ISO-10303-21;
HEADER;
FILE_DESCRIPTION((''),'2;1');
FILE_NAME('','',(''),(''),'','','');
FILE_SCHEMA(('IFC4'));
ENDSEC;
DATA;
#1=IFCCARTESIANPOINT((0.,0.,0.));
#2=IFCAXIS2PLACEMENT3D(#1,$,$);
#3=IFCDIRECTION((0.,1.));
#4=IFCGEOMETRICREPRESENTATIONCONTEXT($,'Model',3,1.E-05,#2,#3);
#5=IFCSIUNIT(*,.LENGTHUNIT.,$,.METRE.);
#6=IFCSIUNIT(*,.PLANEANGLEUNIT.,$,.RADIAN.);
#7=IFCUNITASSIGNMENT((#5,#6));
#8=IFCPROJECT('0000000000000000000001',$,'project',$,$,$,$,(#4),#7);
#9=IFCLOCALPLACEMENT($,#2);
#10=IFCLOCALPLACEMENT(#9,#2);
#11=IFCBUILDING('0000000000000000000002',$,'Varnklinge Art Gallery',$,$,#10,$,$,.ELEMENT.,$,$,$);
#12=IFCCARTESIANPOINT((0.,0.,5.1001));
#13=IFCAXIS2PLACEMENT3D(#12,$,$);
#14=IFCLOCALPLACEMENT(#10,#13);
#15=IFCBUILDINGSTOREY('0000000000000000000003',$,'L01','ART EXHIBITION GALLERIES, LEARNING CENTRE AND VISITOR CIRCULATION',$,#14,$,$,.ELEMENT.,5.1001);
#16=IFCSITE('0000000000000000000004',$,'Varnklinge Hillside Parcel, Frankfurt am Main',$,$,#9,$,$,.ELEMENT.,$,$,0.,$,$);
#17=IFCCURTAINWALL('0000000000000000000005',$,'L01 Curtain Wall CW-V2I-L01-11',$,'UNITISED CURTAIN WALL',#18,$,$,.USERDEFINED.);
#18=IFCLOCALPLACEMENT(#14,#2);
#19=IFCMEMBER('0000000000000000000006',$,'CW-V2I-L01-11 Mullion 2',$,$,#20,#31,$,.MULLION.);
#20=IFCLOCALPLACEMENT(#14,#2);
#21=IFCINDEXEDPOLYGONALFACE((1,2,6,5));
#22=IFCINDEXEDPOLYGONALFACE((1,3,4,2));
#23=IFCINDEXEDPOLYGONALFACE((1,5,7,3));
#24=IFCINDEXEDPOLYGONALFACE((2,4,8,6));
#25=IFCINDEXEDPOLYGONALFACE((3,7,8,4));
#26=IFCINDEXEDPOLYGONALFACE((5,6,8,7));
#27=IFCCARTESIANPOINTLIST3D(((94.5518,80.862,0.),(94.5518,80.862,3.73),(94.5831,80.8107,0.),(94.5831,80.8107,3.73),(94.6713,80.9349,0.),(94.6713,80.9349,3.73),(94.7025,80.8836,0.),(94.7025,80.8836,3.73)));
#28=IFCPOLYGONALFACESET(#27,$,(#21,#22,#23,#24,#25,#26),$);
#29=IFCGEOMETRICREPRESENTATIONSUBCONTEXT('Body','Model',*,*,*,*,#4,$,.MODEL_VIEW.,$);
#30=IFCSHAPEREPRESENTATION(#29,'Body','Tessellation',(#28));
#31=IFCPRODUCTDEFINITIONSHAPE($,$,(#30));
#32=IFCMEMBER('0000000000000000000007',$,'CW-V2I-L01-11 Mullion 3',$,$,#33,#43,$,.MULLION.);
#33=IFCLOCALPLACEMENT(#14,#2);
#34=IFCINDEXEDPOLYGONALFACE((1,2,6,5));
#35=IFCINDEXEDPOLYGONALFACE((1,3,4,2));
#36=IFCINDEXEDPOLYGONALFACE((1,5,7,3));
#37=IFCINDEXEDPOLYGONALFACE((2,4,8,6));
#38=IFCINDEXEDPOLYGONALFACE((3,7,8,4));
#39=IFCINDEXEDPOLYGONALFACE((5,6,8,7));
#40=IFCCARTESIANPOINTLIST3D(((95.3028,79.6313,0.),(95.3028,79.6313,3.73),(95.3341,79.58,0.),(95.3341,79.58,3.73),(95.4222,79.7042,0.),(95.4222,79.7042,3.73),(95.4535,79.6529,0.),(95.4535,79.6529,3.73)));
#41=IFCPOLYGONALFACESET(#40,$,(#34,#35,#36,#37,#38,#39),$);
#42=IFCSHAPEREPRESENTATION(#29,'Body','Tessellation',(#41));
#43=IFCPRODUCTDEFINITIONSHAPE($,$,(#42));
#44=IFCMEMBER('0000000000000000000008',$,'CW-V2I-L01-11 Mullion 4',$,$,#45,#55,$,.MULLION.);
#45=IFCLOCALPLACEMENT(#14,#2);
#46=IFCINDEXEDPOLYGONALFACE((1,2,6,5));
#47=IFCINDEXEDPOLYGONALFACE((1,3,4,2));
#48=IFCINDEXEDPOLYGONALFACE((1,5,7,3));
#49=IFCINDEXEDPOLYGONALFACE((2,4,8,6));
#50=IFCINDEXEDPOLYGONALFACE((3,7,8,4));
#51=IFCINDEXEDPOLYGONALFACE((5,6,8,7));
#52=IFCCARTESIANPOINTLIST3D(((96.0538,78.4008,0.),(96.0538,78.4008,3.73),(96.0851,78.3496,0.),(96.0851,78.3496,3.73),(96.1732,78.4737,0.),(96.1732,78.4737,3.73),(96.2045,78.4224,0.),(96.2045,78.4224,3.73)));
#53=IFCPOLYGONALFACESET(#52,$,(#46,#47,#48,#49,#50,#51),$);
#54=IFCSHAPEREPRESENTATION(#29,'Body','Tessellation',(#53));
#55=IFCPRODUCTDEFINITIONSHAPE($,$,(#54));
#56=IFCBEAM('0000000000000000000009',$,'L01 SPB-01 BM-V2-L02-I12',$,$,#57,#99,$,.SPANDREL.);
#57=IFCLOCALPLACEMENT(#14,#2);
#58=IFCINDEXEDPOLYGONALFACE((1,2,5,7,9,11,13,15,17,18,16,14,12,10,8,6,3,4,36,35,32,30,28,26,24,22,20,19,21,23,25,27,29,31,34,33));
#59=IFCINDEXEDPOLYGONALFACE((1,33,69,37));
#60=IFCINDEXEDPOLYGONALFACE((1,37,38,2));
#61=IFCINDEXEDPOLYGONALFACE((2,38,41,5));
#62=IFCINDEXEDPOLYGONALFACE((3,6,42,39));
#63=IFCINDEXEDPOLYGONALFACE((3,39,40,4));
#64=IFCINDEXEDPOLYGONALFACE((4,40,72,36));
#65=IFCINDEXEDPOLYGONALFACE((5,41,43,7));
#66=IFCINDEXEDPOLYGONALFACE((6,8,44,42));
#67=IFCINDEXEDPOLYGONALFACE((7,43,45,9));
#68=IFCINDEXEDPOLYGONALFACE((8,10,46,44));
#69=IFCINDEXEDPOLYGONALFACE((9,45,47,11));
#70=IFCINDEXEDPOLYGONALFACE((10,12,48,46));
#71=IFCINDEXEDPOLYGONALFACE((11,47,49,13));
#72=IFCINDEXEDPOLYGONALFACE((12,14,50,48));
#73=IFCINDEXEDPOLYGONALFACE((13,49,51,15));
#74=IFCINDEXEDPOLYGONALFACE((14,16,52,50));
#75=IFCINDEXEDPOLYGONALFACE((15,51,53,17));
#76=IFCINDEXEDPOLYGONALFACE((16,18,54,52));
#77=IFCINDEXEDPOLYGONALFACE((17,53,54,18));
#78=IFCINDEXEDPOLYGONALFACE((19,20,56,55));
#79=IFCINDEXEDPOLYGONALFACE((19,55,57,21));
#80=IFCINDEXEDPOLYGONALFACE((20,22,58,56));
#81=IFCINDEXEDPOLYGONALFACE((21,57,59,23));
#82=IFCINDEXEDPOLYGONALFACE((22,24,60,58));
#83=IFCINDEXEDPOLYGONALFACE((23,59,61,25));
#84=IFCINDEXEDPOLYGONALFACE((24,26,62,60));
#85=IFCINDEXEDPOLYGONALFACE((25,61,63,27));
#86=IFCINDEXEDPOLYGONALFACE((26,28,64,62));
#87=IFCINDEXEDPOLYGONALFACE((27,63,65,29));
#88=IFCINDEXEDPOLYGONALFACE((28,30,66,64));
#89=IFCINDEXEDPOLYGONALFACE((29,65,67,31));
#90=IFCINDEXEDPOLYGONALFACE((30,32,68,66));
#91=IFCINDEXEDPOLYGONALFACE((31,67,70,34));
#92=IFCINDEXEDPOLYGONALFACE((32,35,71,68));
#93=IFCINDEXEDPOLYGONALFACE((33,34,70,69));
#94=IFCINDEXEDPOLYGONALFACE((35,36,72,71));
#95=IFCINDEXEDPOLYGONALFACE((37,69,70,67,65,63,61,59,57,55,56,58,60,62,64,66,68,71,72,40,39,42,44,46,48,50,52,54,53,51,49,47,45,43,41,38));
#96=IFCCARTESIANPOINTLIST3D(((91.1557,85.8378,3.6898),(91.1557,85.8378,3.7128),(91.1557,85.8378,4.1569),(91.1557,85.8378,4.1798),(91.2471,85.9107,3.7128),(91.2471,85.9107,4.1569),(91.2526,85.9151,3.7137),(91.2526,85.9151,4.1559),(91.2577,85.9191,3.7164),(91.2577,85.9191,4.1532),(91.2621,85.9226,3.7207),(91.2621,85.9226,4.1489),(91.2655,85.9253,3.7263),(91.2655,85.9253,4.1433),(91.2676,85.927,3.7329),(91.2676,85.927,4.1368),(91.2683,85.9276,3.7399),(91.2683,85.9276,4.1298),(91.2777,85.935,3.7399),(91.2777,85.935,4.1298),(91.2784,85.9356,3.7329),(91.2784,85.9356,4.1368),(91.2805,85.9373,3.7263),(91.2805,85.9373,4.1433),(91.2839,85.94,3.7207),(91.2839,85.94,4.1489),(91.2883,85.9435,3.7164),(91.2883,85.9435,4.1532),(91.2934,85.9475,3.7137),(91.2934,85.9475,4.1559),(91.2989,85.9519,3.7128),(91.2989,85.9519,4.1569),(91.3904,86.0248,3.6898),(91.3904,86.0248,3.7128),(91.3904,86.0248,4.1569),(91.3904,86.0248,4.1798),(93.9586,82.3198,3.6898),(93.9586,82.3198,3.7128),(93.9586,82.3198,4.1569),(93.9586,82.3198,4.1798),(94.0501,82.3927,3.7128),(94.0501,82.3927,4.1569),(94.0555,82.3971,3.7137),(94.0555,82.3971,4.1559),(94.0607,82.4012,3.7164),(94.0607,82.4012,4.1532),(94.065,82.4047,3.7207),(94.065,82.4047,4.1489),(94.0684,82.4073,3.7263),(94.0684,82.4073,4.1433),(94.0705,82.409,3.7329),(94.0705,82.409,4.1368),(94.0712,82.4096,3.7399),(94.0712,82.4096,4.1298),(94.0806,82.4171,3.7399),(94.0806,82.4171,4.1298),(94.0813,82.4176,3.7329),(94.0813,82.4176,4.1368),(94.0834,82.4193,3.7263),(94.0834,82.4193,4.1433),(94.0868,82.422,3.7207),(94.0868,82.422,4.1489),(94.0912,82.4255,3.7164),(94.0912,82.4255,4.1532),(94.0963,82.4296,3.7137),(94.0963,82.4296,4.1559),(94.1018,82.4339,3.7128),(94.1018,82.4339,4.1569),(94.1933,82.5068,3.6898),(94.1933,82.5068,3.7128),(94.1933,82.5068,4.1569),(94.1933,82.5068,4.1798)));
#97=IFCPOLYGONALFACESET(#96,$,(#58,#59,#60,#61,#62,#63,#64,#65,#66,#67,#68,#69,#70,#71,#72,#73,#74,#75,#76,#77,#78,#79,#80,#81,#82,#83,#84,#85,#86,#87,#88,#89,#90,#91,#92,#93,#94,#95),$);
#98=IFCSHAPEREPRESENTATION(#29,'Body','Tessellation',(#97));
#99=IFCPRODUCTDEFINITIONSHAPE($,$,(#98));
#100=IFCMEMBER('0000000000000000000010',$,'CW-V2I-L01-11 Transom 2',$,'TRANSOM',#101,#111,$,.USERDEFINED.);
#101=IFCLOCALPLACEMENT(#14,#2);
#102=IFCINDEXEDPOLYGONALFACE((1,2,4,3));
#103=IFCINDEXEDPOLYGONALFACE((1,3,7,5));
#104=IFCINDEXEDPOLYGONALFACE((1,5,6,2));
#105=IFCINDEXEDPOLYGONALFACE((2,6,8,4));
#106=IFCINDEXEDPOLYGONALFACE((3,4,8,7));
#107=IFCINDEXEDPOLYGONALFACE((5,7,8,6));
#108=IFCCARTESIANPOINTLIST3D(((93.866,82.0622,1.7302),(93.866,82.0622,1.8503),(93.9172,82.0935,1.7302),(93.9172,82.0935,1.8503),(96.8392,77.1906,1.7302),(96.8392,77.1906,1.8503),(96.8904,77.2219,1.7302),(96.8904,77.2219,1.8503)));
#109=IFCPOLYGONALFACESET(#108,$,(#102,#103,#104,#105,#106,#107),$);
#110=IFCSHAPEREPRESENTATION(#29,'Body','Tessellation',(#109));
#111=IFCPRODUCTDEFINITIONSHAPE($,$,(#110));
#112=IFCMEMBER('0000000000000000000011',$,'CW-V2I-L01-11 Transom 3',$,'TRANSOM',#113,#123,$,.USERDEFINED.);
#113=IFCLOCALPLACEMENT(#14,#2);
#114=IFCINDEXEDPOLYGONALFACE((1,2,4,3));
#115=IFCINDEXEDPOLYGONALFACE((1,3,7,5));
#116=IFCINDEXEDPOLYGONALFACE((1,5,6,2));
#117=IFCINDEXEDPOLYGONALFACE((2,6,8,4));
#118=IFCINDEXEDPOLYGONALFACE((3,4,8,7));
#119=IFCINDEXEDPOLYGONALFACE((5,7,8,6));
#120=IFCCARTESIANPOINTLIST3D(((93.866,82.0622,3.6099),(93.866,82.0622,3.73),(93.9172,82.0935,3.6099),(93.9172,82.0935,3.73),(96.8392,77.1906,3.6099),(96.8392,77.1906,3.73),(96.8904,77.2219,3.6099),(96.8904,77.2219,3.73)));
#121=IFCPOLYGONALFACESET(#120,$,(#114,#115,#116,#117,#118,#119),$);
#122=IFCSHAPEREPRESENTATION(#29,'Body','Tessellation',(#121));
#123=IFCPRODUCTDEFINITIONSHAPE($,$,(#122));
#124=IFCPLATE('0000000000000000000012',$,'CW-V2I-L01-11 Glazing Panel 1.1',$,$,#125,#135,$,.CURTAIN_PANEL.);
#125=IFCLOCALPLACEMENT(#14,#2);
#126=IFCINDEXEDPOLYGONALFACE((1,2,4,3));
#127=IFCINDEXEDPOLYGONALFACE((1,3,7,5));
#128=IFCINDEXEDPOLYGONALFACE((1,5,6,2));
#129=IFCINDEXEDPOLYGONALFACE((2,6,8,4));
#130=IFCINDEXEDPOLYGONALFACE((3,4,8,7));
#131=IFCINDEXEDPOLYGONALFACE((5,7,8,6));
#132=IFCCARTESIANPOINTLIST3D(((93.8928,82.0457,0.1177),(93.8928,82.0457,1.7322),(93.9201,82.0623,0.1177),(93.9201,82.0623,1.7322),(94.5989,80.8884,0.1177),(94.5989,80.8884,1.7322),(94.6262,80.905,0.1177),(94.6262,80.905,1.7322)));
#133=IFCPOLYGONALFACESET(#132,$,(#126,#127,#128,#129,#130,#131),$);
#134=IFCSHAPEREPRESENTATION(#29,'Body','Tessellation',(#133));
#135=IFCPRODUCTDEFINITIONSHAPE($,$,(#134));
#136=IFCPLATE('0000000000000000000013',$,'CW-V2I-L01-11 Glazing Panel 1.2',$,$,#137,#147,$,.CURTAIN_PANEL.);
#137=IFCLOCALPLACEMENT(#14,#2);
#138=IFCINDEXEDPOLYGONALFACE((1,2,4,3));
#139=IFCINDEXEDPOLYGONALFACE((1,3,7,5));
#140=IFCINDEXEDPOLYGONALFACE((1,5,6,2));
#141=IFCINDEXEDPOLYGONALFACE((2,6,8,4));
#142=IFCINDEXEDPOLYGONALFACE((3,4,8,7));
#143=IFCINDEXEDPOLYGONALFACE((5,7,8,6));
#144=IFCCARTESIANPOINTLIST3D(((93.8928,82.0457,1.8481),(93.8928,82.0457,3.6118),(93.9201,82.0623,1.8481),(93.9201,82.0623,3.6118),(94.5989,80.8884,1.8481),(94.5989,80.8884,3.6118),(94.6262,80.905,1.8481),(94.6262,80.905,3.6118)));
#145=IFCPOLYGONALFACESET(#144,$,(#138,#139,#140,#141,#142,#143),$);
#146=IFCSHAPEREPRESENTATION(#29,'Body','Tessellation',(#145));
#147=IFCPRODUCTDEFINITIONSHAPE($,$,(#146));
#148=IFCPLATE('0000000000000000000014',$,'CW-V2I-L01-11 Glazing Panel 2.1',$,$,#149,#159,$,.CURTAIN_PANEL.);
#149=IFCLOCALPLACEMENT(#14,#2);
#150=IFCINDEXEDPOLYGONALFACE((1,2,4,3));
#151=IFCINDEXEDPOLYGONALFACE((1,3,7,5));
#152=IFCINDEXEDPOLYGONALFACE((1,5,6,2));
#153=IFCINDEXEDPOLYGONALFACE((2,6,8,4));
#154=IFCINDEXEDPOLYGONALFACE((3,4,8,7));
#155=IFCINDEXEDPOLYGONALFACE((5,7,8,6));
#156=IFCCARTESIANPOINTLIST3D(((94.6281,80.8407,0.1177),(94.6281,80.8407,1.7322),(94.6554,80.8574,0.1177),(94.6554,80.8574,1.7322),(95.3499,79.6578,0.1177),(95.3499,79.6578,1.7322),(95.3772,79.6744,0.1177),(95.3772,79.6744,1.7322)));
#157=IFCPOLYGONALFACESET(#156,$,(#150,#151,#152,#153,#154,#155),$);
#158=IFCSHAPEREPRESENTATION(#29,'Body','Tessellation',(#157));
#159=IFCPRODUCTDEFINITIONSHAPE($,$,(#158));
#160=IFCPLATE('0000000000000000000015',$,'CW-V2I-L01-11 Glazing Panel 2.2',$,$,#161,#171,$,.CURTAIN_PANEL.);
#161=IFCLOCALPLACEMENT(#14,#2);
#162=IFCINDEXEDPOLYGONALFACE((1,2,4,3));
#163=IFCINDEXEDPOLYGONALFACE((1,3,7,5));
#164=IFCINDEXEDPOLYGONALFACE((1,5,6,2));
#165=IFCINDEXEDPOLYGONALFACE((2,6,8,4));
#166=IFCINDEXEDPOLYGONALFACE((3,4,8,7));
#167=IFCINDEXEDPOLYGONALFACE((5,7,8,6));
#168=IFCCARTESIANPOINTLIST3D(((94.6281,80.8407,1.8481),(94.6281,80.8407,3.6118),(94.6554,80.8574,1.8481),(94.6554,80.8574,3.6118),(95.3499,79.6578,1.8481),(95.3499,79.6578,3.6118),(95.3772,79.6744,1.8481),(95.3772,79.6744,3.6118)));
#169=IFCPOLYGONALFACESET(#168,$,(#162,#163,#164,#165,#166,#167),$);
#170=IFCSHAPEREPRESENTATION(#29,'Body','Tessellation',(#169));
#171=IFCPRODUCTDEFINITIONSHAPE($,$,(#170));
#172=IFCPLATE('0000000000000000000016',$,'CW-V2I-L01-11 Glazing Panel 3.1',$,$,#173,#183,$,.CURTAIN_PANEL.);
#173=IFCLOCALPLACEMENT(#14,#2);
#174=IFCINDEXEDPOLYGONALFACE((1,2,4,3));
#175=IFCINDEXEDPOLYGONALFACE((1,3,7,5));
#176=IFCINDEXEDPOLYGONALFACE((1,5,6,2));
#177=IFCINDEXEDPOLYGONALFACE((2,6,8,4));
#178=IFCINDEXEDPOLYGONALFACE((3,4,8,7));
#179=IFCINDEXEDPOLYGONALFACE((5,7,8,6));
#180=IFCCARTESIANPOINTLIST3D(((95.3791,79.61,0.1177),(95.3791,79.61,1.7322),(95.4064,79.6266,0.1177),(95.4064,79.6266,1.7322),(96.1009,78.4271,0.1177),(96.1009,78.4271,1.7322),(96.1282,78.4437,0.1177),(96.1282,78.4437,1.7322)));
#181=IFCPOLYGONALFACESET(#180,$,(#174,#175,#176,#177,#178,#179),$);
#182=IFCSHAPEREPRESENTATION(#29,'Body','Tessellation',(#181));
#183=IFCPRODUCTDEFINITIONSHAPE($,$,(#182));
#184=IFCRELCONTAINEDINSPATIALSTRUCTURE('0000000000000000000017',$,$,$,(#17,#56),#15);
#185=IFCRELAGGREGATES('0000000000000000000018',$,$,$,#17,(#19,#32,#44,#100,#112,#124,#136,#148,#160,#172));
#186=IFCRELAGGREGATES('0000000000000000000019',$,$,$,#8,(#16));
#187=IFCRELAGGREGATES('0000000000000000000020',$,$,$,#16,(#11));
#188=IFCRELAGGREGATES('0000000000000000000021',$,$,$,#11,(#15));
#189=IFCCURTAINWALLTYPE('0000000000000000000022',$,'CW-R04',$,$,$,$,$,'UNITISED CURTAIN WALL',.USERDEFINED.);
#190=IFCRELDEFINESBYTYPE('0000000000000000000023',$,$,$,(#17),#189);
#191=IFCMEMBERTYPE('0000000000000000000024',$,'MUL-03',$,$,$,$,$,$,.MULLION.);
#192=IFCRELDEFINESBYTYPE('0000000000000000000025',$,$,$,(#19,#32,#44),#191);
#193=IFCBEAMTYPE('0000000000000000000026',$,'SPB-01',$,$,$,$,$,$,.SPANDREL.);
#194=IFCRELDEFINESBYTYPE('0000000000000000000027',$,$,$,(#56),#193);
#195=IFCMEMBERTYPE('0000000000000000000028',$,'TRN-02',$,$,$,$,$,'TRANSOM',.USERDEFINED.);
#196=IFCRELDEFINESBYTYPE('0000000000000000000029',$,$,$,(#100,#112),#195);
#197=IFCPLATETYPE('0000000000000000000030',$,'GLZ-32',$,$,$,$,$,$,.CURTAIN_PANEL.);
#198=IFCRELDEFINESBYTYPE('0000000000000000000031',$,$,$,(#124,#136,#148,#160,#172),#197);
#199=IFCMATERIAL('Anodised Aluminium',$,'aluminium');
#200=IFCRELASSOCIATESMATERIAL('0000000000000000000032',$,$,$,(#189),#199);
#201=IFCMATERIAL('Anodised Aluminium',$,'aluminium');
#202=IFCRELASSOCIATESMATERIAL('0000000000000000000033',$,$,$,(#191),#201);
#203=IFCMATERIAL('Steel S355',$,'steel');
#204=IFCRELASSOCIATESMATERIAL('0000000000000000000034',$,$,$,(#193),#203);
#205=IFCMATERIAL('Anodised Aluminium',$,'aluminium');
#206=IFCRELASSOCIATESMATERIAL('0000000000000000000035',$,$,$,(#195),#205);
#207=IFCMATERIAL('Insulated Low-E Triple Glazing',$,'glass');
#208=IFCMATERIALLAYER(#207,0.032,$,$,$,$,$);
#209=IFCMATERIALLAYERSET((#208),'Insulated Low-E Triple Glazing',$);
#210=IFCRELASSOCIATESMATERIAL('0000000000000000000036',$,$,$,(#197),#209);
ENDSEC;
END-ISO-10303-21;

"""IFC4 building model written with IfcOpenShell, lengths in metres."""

from ifc_helpers import new_model, si_unit, direction, frame, origin, origin_2d, place, context, subcontext, project, spatial, rectangle, i_section, extrude, material, layer, layer_set, material_profile, profile_set, type_object, element, aggregate, save


model = new_model("IFC4")

# Units and contexts
model_context = context("Model", 3, precision=1e-05, world=origin(), true_north=direction((0.0, 1.0)))
body_context = subcontext(model_context, "Body", "Model", "MODEL_VIEW")
ifc_project = project(units=[si_unit("LENGTHUNIT", "METRE"), si_unit("PLANEANGLEUNIT", "RADIAN")], contexts=[model_context])

# Site, building, storey
site_placement = place(None, origin())
site = spatial("IfcSite", under=ifc_project, at=site_placement, Name="Varnklinge Hillside Parcel, Frankfurt am Main", CompositionType="ELEMENT", RefElevation=0.0)
building_placement = place(site_placement, origin())
building = spatial("IfcBuilding", under=site, at=building_placement, Name="Varnklinge Art Gallery", CompositionType="ELEMENT")
storey_placement = place(building_placement, frame((0.0, 0.0, 5.1001)))
storey = spatial("IfcBuildingStorey", under=building, at=storey_placement, Name="L01", Description="ART EXHIBITION GALLERIES, LEARNING CENTRE AND VISITOR CIRCULATION", CompositionType="ELEMENT", Elevation=5.1001)

# Curtain wall, members
ifc_material_1 = material(Name="Anodised Aluminium", Category="aluminium")
curtain_wall_type_1 = type_object("IfcCurtainWallType", Name="CW-R04", ElementType="UNITISED CURTAIN WALL", PredefinedType="USERDEFINED", material=ifc_material_1)
curtain_wall_1_placement = place(storey_placement, origin())
curtain_wall_1 = element("IfcCurtainWall", 1, at=curtain_wall_1_placement, inside=storey, type_object=curtain_wall_type_1, Name="L01 Curtain Wall CW-V2I-L01-11", ObjectType="UNITISED CURTAIN WALL", PredefinedType="USERDEFINED")
ifc_material_2 = material(Name="Anodised Aluminium", Category="aluminium")
ifc_material_profile_1 = material_profile(ifc_material_2, rectangle(XDim=0.0601, YDim=0.1399, at=origin_2d()), Name="ALU 60x140")
ifc_profile_set_1 = profile_set([ifc_material_profile_1], Name="Anodised Aluminium")
member_type_1 = type_object("IfcMemberType", Name="MUL-03", PredefinedType="MULLION", material=ifc_profile_set_1)
member_1_placement = place(storey_placement, frame((94.6272, 80.8728, 0.0), z_axis=(0.0, 0.0, 1.0), x_axis=(0.520861, -0.853642, 0.0)))
member_1 = element("IfcMember", 2, at=member_1_placement, type_object=member_type_1, Name="CW-V2I-L01-11 Mullion 2", PredefinedType="MULLION", context=body_context, shape_type="SweptSolid", body=[
    extrude(rectangle(XDim=0.0601, YDim=0.1399, at=origin_2d()), origin(), (0.0, 0.0, 1.0), 3.73),
])
member_2_placement = place(storey_placement, frame((95.3782, 79.6421, 0.0), z_axis=(0.0, 0.0, 1.0), x_axis=(0.520861, -0.853642, 0.0)))
member_2 = element("IfcMember", 3, at=member_2_placement, type_object=member_type_1, Name="CW-V2I-L01-11 Mullion 3", PredefinedType="MULLION", context=body_context, shape_type="SweptSolid", body=[
    extrude(rectangle(XDim=0.0601, YDim=0.1399, at=origin_2d()), origin(), (0.0, 0.0, 1.0), 3.73),
])
member_3_placement = place(storey_placement, frame((96.1292, 78.4116, 0.0), z_axis=(0.0, 0.0, 1.0), x_axis=(0.520861, -0.853642, 0.0)))
member_3 = element("IfcMember", 4, at=member_3_placement, type_object=member_type_1, Name="CW-V2I-L01-11 Mullion 4", PredefinedType="MULLION", context=body_context, shape_type="SweptSolid", body=[
    extrude(rectangle(XDim=0.0601, YDim=0.1399, at=origin_2d()), origin(), (0.0, 0.0, 1.0), 3.73),
])

# Beam
ifc_material_3 = material(Name="Steel S355", Category="steel")
ifc_material_profile_2 = material_profile(ifc_material_3, i_section(OverallWidth=0.3, OverallDepth=0.49, WebThickness=0.012, FlangeThickness=0.0229, FilletRadius=0.0271, at=origin_2d()), Name="HEA 500")
ifc_profile_set_2 = profile_set([ifc_material_profile_2], Name="Steel S355")
beam_type_1 = type_object("IfcBeamType", Name="SPB-01", PredefinedType="SPANDREL", material=ifc_profile_set_2)
beam_1_placement = place(storey_placement, frame((94.0759, 82.4133, 3.9348), z_axis=(-0.623138, 0.782112, 0.0), x_axis=(-0.782112, -0.623138, 0.0)))
element("IfcBeam", 5, at=beam_1_placement, inside=storey, type_object=beam_type_1, Name="L01 SPB-01 BM-V2-L02-I12", PredefinedType="SPANDREL", context=body_context, shape_type="SweptSolid", body=[
    extrude(i_section(OverallWidth=0.3, OverallDepth=0.49, WebThickness=0.012, FlangeThickness=0.0229, FilletRadius=0.0271, at=origin_2d()), origin(), (0.0, 0.0, 1.0), 4.498),
])

# Members
ifc_material_4 = material(Name="Anodised Aluminium", Category="aluminium")
ifc_material_profile_3 = material_profile(ifc_material_4, rectangle(XDim=0.0601, YDim=0.1201, at=origin_2d()), Name="ALU 60x120")
ifc_profile_set_3 = profile_set([ifc_material_profile_3], Name="Anodised Aluminium")
member_type_2 = type_object("IfcMemberType", Name="TRN-02", ElementType="TRANSOM", PredefinedType="USERDEFINED", material=ifc_profile_set_3)
member_4_placement = place(storey_placement, frame((93.8916, 82.0779, 1.7903), z_axis=(0.520948, -0.853588, 0.0), x_axis=(0.853588, 0.520948, 0.0)))
member_4 = element("IfcMember", 6, at=member_4_placement, type_object=member_type_2, Name="CW-V2I-L01-11 Transom 2", ObjectType="TRANSOM", PredefinedType="USERDEFINED", context=body_context, shape_type="SweptSolid", body=[
    extrude(rectangle(XDim=0.0601, YDim=0.1201, at=origin_2d()), origin(), (0.0, 0.0, 1.0), 5.7073),
])
member_5_placement = place(storey_placement, frame((93.8916, 82.0779, 3.6699), z_axis=(0.520948, -0.853588, 0.0), x_axis=(0.853588, 0.520948, 0.0)))
member_5 = element("IfcMember", 7, at=member_5_placement, type_object=member_type_2, Name="CW-V2I-L01-11 Transom 3", ObjectType="TRANSOM", PredefinedType="USERDEFINED", context=body_context, shape_type="SweptSolid", body=[
    extrude(rectangle(XDim=0.0601, YDim=0.1201, at=origin_2d()), origin(), (0.0, 0.0, 1.0), 5.7073),
])

# Plates
ifc_material_5 = material(Name="Insulated Low-E Triple Glazing", Category="glass")
ifc_layer_1 = layer(ifc_material_5, 0.032)
ifc_layer_set_1 = layer_set([ifc_layer_1], Name="Insulated Low-E Triple Glazing")
plate_type_1 = type_object("IfcPlateType", Name="GLZ-32", PredefinedType="CURTAIN_PANEL", material=ifc_layer_set_1)
plate_1_placement = place(storey_placement, frame((94.2595, 81.4753, 0.1177), z_axis=(0.0, 0.0, 1.0), x_axis=(0.520861, -0.853642, 0.0)))
plate_1 = element("IfcPlate", 8, at=plate_1_placement, type_object=plate_type_1, Name="CW-V2I-L01-11 Glazing Panel 1.1", PredefinedType="CURTAIN_PANEL", context=body_context, shape_type="SweptSolid", body=[
    extrude(rectangle(XDim=1.3557, YDim=0.032, at=origin_2d()), origin(), (0.0, 0.0, 1.0), 1.6145),
])
plate_2_placement = place(storey_placement, frame((94.2595, 81.4753, 1.8481), z_axis=(0.0, 0.0, 1.0), x_axis=(0.520861, -0.853642, 0.0)))
plate_2 = element("IfcPlate", 9, at=plate_2_placement, type_object=plate_type_1, Name="CW-V2I-L01-11 Glazing Panel 1.2", PredefinedType="CURTAIN_PANEL", context=body_context, shape_type="SweptSolid", body=[
    extrude(rectangle(XDim=1.3557, YDim=0.032, at=origin_2d()), origin(), (0.0, 0.0, 1.0), 1.7637),
])
plate_3_placement = place(storey_placement, frame((95.0027, 80.2576, 0.1177), z_axis=(0.0, 0.0, 1.0), x_axis=(0.520861, -0.853642, 0.0)))
plate_3 = element("IfcPlate", 10, at=plate_3_placement, type_object=plate_type_1, Name="CW-V2I-L01-11 Glazing Panel 2.1", PredefinedType="CURTAIN_PANEL", context=body_context, shape_type="SweptSolid", body=[
    extrude(rectangle(XDim=1.3857, YDim=0.032, at=origin_2d()), origin(), (0.0, 0.0, 1.0), 1.6145),
])
plate_4_placement = place(storey_placement, frame((95.0027, 80.2576, 1.8481), z_axis=(0.0, 0.0, 1.0), x_axis=(0.520861, -0.853642, 0.0)))
plate_4 = element("IfcPlate", 11, at=plate_4_placement, type_object=plate_type_1, Name="CW-V2I-L01-11 Glazing Panel 2.2", PredefinedType="CURTAIN_PANEL", context=body_context, shape_type="SweptSolid", body=[
    extrude(rectangle(XDim=1.3857, YDim=0.032, at=origin_2d()), origin(), (0.0, 0.0, 1.0), 1.7637),
])
plate_5_placement = place(storey_placement, frame((95.7537, 79.0269, 0.1177), z_axis=(0.0, 0.0, 1.0), x_axis=(0.520861, -0.853642, 0.0)))
plate_5 = element("IfcPlate", 12, at=plate_5_placement, type_object=plate_type_1, Name="CW-V2I-L01-11 Glazing Panel 3.1", PredefinedType="CURTAIN_PANEL", context=body_context, shape_type="SweptSolid", body=[
    extrude(rectangle(XDim=1.3857, YDim=0.032, at=origin_2d()), origin(), (0.0, 0.0, 1.0), 1.6145),
])
aggregate(curtain_wall_1, [member_1, member_2, member_3, member_4, member_5, plate_1, plate_2, plate_3, plate_4, plate_5])

save(model, "model.ifc")
